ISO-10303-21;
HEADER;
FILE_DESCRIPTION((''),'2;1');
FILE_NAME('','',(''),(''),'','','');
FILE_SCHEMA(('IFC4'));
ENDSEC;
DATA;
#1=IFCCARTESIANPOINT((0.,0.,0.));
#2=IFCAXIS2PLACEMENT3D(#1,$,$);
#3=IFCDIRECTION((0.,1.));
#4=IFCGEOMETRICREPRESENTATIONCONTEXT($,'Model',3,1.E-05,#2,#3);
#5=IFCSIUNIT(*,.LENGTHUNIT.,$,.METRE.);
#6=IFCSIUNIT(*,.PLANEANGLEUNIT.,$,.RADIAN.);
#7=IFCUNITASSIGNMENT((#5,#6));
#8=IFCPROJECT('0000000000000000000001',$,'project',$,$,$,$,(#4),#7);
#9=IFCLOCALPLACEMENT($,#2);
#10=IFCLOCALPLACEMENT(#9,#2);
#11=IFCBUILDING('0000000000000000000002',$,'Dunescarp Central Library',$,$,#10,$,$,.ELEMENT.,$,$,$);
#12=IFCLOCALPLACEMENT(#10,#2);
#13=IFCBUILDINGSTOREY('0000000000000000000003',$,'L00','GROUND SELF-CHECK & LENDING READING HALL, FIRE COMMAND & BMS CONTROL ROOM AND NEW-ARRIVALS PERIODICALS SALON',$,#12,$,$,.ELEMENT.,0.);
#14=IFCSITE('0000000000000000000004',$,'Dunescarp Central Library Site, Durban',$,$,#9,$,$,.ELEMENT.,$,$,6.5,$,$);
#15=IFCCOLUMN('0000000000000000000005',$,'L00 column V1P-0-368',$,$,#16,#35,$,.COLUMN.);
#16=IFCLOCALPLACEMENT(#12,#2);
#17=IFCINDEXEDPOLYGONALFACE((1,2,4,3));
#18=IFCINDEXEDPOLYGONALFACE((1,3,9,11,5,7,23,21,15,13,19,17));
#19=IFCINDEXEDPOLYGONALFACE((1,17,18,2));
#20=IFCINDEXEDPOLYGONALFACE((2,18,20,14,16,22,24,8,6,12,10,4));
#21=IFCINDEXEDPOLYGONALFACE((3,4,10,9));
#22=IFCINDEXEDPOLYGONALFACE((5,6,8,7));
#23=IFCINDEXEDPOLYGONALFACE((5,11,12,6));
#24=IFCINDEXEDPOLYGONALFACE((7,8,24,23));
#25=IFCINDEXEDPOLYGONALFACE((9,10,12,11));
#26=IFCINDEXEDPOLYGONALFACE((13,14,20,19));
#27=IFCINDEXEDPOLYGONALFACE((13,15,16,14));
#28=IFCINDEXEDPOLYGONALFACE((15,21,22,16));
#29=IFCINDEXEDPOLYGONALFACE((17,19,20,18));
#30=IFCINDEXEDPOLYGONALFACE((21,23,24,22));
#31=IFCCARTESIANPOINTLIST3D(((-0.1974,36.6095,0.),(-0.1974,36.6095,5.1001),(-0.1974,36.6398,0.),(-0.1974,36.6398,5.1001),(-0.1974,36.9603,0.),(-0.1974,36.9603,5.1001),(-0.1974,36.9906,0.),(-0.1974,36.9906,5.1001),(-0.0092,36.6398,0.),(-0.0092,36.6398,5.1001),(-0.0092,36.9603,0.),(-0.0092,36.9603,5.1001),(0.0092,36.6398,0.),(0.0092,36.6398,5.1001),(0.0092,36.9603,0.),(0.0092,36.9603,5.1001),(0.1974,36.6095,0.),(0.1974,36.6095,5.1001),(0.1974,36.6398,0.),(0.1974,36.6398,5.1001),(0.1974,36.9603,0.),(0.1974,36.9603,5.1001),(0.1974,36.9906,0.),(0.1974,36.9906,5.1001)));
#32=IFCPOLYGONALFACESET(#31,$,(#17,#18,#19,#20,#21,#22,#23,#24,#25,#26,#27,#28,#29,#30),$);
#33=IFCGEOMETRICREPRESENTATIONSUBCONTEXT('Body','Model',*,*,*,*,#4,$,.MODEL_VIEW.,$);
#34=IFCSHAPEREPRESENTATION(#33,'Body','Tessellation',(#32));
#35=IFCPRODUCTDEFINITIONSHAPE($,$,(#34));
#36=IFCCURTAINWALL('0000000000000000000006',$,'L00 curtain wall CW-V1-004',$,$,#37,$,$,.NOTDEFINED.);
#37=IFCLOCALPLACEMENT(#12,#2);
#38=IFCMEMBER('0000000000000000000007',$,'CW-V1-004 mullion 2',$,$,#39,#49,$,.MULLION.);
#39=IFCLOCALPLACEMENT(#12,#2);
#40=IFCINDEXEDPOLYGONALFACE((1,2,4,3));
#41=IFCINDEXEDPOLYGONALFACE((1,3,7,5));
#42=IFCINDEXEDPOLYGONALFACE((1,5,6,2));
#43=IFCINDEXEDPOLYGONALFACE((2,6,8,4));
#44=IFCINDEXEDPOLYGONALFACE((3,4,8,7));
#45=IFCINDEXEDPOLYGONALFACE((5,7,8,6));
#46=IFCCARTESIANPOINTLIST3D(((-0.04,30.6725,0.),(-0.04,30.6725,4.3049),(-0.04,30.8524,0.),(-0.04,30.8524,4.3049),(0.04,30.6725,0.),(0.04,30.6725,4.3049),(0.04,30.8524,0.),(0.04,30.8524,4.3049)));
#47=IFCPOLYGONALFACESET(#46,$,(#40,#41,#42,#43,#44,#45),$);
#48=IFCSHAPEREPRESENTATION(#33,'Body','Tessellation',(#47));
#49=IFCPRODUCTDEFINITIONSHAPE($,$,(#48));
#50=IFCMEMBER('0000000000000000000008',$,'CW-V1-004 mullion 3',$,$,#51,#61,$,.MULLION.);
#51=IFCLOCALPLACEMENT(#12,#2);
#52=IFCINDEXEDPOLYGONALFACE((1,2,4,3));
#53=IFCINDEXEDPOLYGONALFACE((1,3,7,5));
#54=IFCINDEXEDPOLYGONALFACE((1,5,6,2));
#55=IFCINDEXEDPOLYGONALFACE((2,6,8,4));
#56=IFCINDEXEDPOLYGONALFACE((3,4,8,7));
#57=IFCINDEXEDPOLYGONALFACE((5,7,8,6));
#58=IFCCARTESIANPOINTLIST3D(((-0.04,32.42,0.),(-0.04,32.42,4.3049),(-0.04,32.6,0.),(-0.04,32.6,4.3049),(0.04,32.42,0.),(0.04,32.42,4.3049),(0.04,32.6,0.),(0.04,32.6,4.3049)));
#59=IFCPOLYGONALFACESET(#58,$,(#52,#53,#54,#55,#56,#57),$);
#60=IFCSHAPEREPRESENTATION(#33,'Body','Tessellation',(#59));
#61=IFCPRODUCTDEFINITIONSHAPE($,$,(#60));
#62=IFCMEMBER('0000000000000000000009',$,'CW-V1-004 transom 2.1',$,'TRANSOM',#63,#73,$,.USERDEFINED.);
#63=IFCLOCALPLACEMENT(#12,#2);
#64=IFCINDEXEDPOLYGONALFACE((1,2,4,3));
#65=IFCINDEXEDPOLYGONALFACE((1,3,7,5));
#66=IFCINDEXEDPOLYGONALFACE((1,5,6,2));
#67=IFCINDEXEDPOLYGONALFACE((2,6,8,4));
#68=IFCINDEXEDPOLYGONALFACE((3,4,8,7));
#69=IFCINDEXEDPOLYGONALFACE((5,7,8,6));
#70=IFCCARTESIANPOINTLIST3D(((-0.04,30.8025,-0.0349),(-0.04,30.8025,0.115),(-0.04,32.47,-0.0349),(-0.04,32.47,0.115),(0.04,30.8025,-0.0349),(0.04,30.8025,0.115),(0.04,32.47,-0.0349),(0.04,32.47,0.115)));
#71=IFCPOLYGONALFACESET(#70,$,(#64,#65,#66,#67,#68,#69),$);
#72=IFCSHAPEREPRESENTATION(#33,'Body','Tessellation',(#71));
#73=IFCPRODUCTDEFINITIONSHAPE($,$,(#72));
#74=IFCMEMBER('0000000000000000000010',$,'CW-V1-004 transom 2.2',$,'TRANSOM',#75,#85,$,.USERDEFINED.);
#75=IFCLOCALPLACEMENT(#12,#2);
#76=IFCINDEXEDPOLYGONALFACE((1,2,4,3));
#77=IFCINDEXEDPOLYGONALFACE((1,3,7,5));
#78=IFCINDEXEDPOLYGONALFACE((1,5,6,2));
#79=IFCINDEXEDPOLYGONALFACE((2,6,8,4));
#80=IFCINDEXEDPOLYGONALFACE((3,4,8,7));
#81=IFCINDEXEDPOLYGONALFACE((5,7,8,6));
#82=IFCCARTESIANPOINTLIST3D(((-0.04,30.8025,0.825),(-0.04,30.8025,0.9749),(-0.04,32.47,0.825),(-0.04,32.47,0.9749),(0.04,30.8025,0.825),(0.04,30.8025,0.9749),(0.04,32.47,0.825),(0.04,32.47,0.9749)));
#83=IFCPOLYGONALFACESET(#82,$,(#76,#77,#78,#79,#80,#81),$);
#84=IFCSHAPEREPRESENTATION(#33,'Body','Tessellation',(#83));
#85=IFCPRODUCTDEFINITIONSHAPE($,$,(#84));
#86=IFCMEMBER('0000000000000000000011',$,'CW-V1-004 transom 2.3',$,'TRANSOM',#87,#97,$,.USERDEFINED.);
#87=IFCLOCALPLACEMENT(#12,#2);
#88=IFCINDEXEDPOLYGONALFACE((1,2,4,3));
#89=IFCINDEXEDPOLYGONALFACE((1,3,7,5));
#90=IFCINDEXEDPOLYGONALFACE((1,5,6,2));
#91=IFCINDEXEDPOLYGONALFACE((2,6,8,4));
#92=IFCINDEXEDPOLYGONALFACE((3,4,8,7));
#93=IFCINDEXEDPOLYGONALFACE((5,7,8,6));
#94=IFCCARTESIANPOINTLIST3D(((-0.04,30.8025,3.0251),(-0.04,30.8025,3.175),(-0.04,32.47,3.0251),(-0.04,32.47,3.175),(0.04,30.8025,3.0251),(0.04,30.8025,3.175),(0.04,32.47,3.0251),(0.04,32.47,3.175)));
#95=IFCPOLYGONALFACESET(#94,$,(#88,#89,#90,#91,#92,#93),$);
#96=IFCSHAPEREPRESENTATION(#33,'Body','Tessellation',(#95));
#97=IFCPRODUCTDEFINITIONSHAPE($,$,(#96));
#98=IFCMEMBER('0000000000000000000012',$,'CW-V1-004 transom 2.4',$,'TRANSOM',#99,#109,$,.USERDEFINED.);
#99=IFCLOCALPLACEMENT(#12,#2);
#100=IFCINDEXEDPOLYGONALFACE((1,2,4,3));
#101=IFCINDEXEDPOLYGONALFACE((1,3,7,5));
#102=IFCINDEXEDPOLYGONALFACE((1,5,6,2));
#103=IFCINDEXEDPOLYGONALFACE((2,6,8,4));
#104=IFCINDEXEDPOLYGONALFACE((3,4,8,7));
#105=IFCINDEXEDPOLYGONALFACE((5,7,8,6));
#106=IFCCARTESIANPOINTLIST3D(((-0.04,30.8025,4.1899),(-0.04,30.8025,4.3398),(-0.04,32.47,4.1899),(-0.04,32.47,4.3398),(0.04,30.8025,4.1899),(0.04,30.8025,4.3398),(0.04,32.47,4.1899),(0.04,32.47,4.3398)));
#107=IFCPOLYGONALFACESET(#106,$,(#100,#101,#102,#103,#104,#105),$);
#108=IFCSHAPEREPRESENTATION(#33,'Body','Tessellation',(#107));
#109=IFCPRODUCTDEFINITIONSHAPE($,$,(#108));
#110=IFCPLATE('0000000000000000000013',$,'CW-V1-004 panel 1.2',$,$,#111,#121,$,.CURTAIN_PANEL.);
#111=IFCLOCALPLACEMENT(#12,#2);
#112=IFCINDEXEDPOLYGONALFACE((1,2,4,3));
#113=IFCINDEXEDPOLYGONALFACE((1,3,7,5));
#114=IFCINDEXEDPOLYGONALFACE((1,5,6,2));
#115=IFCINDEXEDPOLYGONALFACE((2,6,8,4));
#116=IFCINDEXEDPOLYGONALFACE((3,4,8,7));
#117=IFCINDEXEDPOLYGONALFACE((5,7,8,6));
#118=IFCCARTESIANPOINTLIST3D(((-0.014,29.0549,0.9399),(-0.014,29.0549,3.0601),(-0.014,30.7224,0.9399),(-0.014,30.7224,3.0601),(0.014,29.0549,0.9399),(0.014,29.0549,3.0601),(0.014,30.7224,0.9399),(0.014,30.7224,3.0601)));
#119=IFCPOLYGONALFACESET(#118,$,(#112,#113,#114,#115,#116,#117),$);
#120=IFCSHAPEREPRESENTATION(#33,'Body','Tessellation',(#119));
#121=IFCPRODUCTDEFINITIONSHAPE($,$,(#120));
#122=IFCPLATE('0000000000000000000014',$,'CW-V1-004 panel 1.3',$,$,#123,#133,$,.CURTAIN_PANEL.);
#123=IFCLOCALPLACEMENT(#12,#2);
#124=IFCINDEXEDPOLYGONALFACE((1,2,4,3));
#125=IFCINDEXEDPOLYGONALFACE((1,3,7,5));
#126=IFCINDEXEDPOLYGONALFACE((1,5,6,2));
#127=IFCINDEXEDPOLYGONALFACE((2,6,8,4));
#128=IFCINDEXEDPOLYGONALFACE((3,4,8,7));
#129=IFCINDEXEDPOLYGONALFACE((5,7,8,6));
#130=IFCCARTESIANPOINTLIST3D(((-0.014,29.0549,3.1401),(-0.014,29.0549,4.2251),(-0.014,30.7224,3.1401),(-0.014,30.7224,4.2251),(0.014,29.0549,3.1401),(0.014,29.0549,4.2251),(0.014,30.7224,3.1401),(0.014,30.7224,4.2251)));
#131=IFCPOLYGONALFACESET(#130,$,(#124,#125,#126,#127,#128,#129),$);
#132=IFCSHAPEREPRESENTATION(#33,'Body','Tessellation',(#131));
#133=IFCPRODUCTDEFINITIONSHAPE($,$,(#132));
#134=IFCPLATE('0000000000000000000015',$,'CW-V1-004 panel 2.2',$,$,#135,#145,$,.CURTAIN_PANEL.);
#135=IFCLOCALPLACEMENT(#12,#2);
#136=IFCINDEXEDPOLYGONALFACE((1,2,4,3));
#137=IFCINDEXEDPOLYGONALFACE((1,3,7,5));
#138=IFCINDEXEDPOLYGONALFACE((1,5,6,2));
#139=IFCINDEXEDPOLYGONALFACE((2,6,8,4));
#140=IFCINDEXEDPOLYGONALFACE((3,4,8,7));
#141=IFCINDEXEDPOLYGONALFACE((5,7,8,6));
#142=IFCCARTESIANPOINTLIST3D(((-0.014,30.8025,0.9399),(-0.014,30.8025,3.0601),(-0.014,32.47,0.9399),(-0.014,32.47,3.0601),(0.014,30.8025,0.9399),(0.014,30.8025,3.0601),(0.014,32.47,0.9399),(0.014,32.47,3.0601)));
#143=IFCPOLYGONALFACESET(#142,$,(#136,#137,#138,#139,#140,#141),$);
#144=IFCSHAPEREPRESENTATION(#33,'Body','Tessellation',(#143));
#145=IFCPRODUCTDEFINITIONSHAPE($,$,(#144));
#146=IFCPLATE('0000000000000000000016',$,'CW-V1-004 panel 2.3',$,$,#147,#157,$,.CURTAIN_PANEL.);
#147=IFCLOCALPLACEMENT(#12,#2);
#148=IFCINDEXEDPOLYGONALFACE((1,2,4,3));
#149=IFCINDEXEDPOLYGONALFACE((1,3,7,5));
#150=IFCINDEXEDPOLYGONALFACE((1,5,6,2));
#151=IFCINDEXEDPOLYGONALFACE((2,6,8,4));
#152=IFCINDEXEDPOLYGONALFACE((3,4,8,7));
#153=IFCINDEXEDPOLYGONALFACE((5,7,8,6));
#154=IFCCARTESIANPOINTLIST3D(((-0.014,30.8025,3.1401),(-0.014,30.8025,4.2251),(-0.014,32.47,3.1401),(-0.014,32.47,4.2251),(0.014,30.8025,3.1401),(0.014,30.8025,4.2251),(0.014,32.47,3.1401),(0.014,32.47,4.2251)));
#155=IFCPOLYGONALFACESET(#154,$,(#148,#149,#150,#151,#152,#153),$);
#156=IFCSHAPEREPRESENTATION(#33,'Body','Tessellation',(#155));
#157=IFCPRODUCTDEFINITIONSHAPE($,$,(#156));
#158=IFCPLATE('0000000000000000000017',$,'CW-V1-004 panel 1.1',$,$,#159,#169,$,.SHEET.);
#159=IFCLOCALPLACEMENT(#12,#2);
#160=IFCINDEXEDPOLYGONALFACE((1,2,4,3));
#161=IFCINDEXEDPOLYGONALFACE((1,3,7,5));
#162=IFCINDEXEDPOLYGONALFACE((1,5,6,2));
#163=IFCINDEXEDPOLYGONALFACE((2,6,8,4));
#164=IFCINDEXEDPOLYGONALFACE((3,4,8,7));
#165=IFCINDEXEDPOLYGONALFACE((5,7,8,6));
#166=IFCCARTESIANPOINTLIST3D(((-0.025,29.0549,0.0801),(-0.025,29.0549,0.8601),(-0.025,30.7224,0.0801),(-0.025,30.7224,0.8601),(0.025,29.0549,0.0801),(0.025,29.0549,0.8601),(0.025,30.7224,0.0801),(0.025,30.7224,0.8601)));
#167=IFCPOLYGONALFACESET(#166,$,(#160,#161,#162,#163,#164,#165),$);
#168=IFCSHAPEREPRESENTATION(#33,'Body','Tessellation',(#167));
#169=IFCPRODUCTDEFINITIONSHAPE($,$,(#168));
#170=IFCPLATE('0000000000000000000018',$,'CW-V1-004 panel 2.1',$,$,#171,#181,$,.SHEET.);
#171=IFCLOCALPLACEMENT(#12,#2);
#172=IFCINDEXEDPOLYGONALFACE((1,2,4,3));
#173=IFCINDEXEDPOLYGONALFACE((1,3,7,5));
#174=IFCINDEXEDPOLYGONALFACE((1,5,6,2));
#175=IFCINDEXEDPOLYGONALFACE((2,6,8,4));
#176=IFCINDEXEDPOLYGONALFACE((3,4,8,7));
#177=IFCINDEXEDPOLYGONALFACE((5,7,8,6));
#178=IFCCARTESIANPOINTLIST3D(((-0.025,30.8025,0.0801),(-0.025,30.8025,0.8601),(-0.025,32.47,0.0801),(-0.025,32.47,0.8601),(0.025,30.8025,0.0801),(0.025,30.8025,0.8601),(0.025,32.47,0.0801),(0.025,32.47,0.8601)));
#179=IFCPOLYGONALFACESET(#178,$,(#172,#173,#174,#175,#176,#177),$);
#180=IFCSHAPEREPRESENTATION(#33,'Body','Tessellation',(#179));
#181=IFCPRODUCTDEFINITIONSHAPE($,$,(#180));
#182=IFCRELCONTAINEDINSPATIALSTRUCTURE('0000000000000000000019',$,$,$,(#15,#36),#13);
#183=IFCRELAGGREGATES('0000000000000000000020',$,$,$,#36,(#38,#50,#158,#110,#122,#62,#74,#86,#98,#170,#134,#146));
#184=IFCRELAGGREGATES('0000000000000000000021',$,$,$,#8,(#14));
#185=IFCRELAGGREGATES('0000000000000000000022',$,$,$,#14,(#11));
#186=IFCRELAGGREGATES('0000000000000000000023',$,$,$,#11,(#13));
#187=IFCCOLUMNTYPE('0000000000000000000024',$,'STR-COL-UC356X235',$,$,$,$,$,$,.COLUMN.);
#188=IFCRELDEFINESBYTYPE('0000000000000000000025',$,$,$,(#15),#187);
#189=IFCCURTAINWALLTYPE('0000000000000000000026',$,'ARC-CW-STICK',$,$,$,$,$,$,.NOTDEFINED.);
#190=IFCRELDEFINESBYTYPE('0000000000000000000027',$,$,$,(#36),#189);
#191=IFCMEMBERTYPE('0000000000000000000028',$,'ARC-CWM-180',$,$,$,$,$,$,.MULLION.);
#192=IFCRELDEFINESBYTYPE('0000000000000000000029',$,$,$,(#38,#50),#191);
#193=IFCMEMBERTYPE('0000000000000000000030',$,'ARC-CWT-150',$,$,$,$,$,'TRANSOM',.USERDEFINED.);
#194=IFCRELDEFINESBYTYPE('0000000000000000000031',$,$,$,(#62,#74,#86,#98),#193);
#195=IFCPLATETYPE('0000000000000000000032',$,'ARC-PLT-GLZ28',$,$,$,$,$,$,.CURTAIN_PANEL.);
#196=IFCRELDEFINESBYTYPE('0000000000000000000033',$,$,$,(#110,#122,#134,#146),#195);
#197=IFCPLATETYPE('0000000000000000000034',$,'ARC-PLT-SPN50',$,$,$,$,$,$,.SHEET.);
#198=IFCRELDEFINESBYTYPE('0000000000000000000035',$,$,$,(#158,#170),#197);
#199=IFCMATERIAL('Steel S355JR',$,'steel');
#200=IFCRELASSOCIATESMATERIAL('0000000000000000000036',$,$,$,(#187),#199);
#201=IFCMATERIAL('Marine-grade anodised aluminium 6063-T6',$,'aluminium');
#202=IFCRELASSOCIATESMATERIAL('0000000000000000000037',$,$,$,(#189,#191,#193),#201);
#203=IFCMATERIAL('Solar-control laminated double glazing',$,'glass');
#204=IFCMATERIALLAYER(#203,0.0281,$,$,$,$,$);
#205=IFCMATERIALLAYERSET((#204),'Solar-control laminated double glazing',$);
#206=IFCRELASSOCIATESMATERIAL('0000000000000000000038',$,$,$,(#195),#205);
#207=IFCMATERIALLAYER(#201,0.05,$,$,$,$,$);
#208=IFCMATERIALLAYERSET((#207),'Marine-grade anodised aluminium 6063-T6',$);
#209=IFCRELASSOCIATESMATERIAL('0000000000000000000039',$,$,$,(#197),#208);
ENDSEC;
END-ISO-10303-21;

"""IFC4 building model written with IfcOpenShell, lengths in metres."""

from ifc_helpers import new_model, si_unit, direction, frame, origin, origin_2d, place, context, subcontext, project, spatial, rectangle, i_section, extrude, material, layer, layer_set, material_profile, profile_set, type_object, element, aggregate, save


model = new_model("IFC4")

# Units and contexts
model_context = context("Model", 3, precision=1e-05, world=origin(), true_north=direction((0.0, 1.0)))
body_context = subcontext(model_context, "Body", "Model", "MODEL_VIEW")
ifc_project = project(units=[si_unit("LENGTHUNIT", "METRE"), si_unit("PLANEANGLEUNIT", "RADIAN")], contexts=[model_context])

# Site, building, storey
site_placement = place(None, origin())
site = spatial("IfcSite", under=ifc_project, at=site_placement, Name="Dunescarp Central Library Site, Durban", CompositionType="ELEMENT", RefElevation=6.5)
building_placement = place(site_placement, origin())
building = spatial("IfcBuilding", under=site, at=building_placement, Name="Dunescarp Central Library", CompositionType="ELEMENT")
storey_placement = place(building_placement, origin())
storey = spatial("IfcBuildingStorey", under=building, at=storey_placement, Name="L00", Description="GROUND SELF-CHECK & LENDING READING HALL, FIRE COMMAND & BMS CONTROL ROOM AND NEW-ARRIVALS PERIODICALS SALON", CompositionType="ELEMENT", Elevation=0.0)

# Column
ifc_material_1 = material(Name="Steel S355JR", Category="steel")
ifc_material_profile_1 = material_profile(ifc_material_1, i_section(OverallWidth=0.3948, OverallDepth=0.3811, WebThickness=0.0183, FlangeThickness=0.0303, at=origin_2d()), Name="UC 356x406x235")
ifc_profile_set_1 = profile_set([ifc_material_profile_1], Name="Steel S355JR")
column_type = type_object("IfcColumnType", Name="STR-COL-UC356X235", PredefinedType="COLUMN", material=ifc_profile_set_1)
column_placement = place(storey_placement, frame((0.0, 36.8, 0.0), z_axis=(0.0, 0.0, 1.0), x_axis=(1.0, 0.0, 0.0)))
element("IfcColumn", 1, at=column_placement, inside=storey, type_object=column_type, Name="L00 column V1P-0-368", PredefinedType="COLUMN", context=body_context, shape_type="SweptSolid", body=[
    extrude(i_section(OverallWidth=0.3948, OverallDepth=0.3811, WebThickness=0.0183, FlangeThickness=0.0303, at=origin_2d()), origin(), (0.0, 0.0, 1.0), 5.1001),
])

# Curtain wall, members, plates
ifc_material_2 = material(Name="Marine-grade anodised aluminium 6063-T6", Category="aluminium")
curtain_wall_type = type_object("IfcCurtainWallType", Name="ARC-CW-STICK", PredefinedType="NOTDEFINED", material=ifc_material_2)
curtain_wall_placement = place(storey_placement, origin())
curtain_wall = element("IfcCurtainWall", 2, at=curtain_wall_placement, inside=storey, type_object=curtain_wall_type, Name="L00 curtain wall CW-V1-004", PredefinedType="NOTDEFINED")
ifc_material_profile_2 = material_profile(ifc_material_2, rectangle(XDim=0.0801, YDim=0.1799, at=origin_2d()), Name="AL 80x180")
ifc_profile_set_2 = profile_set([ifc_material_profile_2], Name="Marine-grade anodised aluminium 6063-T6")
member_type_1 = type_object("IfcMemberType", Name="ARC-CWM-180", PredefinedType="MULLION", material=ifc_profile_set_2)
member_1_placement = place(storey_placement, frame((0.0, 30.7625, 0.0), z_axis=(0.0, 0.0, 1.0), x_axis=(-1.0, 0.0, 0.0)))
member_1 = element("IfcMember", 3, at=member_1_placement, type_object=member_type_1, Name="CW-V1-004 mullion 2", PredefinedType="MULLION", context=body_context, shape_type="SweptSolid", body=[
    extrude(rectangle(XDim=0.0801, YDim=0.1799, at=origin_2d()), origin(), (0.0, 0.0, 1.0), 4.3049),
])
member_2_placement = place(storey_placement, frame((0.0, 32.51, 0.0), z_axis=(0.0, 0.0, 1.0), x_axis=(-1.0, 0.0, 0.0)))
member_2 = element("IfcMember", 4, at=member_2_placement, type_object=member_type_1, Name="CW-V1-004 mullion 3", PredefinedType="MULLION", context=body_context, shape_type="SweptSolid", body=[
    extrude(rectangle(XDim=0.0801, YDim=0.1799, at=origin_2d()), origin(), (0.0, 0.0, 1.0), 4.3049),
])
ifc_material_profile_3 = material_profile(ifc_material_2, rectangle(XDim=0.0801, YDim=0.1499, at=origin_2d()), Name="AL 80x150")
ifc_profile_set_3 = profile_set([ifc_material_profile_3], Name="Marine-grade anodised aluminium 6063-T6")
member_type_2 = type_object("IfcMemberType", Name="ARC-CWT-150", ElementType="TRANSOM", PredefinedType="USERDEFINED", material=ifc_profile_set_3)
member_3_placement = place(storey_placement, frame((0.0, 30.8025, 0.04), z_axis=(0.0, 1.0, 0.0), x_axis=(-1.0, 0.0, 0.0)))
member_3 = element("IfcMember", 5, at=member_3_placement, type_object=member_type_2, Name="CW-V1-004 transom 2.1", ObjectType="TRANSOM", PredefinedType="USERDEFINED", context=body_context, shape_type="SweptSolid", body=[
    extrude(rectangle(XDim=0.0801, YDim=0.1499, at=origin_2d()), origin(), (0.0, 0.0, 1.0), 1.6675),
])
member_4_placement = place(storey_placement, frame((0.0, 30.8025, 0.8999), z_axis=(0.0, 1.0, 0.0), x_axis=(-1.0, 0.0, 0.0)))
member_4 = element("IfcMember", 6, at=member_4_placement, type_object=member_type_2, Name="CW-V1-004 transom 2.2", ObjectType="TRANSOM", PredefinedType="USERDEFINED", context=body_context, shape_type="SweptSolid", body=[
    extrude(rectangle(XDim=0.0801, YDim=0.1499, at=origin_2d()), origin(), (0.0, 0.0, 1.0), 1.6675),
])
member_5_placement = place(storey_placement, frame((0.0, 30.8025, 3.1001), z_axis=(0.0, 1.0, 0.0), x_axis=(-1.0, 0.0, 0.0)))
member_5 = element("IfcMember", 7, at=member_5_placement, type_object=member_type_2, Name="CW-V1-004 transom 2.3", ObjectType="TRANSOM", PredefinedType="USERDEFINED", context=body_context, shape_type="SweptSolid", body=[
    extrude(rectangle(XDim=0.0801, YDim=0.1499, at=origin_2d()), origin(), (0.0, 0.0, 1.0), 1.6675),
])
member_6_placement = place(storey_placement, frame((0.0, 30.8025, 4.2649), z_axis=(0.0, 1.0, 0.0), x_axis=(-1.0, 0.0, 0.0)))
member_6 = element("IfcMember", 8, at=member_6_placement, type_object=member_type_2, Name="CW-V1-004 transom 2.4", ObjectType="TRANSOM", PredefinedType="USERDEFINED", context=body_context, shape_type="SweptSolid", body=[
    extrude(rectangle(XDim=0.0801, YDim=0.1499, at=origin_2d()), origin(), (0.0, 0.0, 1.0), 1.6675),
])
ifc_material_3 = material(Name="Solar-control laminated double glazing", Category="glass")
ifc_layer_1 = layer(ifc_material_3, 0.0281)
ifc_layer_set_1 = layer_set([ifc_layer_1], Name="Solar-control laminated double glazing")
plate_type_1 = type_object("IfcPlateType", Name="ARC-PLT-GLZ28", PredefinedType="CURTAIN_PANEL", material=ifc_layer_set_1)
plate_1_placement = place(storey_placement, frame((0.0, 29.8887, 0.9399), z_axis=(0.0, 0.0, 1.0), x_axis=(0.0, 1.0, 0.0)))
plate_1 = element("IfcPlate", 9, at=plate_1_placement, type_object=plate_type_1, Name="CW-V1-004 panel 1.2", PredefinedType="CURTAIN_PANEL", context=body_context, shape_type="SweptSolid", body=[
    extrude(rectangle(XDim=1.6675, YDim=0.0281, at=origin_2d()), origin(), (0.0, 0.0, 1.0), 2.1201),
])
plate_2_placement = place(storey_placement, frame((0.0, 29.8887, 3.1401), z_axis=(0.0, 0.0, 1.0), x_axis=(0.0, 1.0, 0.0)))
plate_2 = element("IfcPlate", 10, at=plate_2_placement, type_object=plate_type_1, Name="CW-V1-004 panel 1.3", PredefinedType="CURTAIN_PANEL", context=body_context, shape_type="SweptSolid", body=[
    extrude(rectangle(XDim=1.6675, YDim=0.0281, at=origin_2d()), origin(), (0.0, 0.0, 1.0), 1.085),
])
plate_3_placement = place(storey_placement, frame((0.0, 31.6362, 0.9399), z_axis=(0.0, 0.0, 1.0), x_axis=(0.0, 1.0, 0.0)))
plate_3 = element("IfcPlate", 11, at=plate_3_placement, type_object=plate_type_1, Name="CW-V1-004 panel 2.2", PredefinedType="CURTAIN_PANEL", context=body_context, shape_type="SweptSolid", body=[
    extrude(rectangle(XDim=1.6675, YDim=0.0281, at=origin_2d()), origin(), (0.0, 0.0, 1.0), 2.1201),
])
plate_4_placement = place(storey_placement, frame((0.0, 31.6362, 3.1401), z_axis=(0.0, 0.0, 1.0), x_axis=(0.0, 1.0, 0.0)))
plate_4 = element("IfcPlate", 12, at=plate_4_placement, type_object=plate_type_1, Name="CW-V1-004 panel 2.3", PredefinedType="CURTAIN_PANEL", context=body_context, shape_type="SweptSolid", body=[
    extrude(rectangle(XDim=1.6675, YDim=0.0281, at=origin_2d()), origin(), (0.0, 0.0, 1.0), 1.085),
])
ifc_layer_2 = layer(ifc_material_2, 0.05)
ifc_layer_set_2 = layer_set([ifc_layer_2], Name="Marine-grade anodised aluminium 6063-T6")
plate_type_2 = type_object("IfcPlateType", Name="ARC-PLT-SPN50", PredefinedType="SHEET", material=ifc_layer_set_2)
plate_5_placement = place(storey_placement, frame((0.0, 29.8887, 0.0801), z_axis=(0.0, 0.0, 1.0), x_axis=(0.0, 1.0, 0.0)))
plate_5 = element("IfcPlate", 13, at=plate_5_placement, type_object=plate_type_2, Name="CW-V1-004 panel 1.1", PredefinedType="SHEET", context=body_context, shape_type="SweptSolid", body=[
    extrude(rectangle(XDim=1.6675, YDim=0.05, at=origin_2d()), origin(), (0.0, 0.0, 1.0), 0.78),
])
plate_6_placement = place(storey_placement, frame((0.0, 31.6362, 0.0801), z_axis=(0.0, 0.0, 1.0), x_axis=(0.0, 1.0, 0.0)))
plate_6 = element("IfcPlate", 14, at=plate_6_placement, type_object=plate_type_2, Name="CW-V1-004 panel 2.1", PredefinedType="SHEET", context=body_context, shape_type="SweptSolid", body=[
    extrude(rectangle(XDim=1.6675, YDim=0.05, at=origin_2d()), origin(), (0.0, 0.0, 1.0), 0.78),
])
aggregate(curtain_wall, [member_1, member_2, plate_5, plate_1, plate_2, member_3, member_4, member_5, member_6, plate_6, plate_3, plate_4])

save(model, "model.ifc")
